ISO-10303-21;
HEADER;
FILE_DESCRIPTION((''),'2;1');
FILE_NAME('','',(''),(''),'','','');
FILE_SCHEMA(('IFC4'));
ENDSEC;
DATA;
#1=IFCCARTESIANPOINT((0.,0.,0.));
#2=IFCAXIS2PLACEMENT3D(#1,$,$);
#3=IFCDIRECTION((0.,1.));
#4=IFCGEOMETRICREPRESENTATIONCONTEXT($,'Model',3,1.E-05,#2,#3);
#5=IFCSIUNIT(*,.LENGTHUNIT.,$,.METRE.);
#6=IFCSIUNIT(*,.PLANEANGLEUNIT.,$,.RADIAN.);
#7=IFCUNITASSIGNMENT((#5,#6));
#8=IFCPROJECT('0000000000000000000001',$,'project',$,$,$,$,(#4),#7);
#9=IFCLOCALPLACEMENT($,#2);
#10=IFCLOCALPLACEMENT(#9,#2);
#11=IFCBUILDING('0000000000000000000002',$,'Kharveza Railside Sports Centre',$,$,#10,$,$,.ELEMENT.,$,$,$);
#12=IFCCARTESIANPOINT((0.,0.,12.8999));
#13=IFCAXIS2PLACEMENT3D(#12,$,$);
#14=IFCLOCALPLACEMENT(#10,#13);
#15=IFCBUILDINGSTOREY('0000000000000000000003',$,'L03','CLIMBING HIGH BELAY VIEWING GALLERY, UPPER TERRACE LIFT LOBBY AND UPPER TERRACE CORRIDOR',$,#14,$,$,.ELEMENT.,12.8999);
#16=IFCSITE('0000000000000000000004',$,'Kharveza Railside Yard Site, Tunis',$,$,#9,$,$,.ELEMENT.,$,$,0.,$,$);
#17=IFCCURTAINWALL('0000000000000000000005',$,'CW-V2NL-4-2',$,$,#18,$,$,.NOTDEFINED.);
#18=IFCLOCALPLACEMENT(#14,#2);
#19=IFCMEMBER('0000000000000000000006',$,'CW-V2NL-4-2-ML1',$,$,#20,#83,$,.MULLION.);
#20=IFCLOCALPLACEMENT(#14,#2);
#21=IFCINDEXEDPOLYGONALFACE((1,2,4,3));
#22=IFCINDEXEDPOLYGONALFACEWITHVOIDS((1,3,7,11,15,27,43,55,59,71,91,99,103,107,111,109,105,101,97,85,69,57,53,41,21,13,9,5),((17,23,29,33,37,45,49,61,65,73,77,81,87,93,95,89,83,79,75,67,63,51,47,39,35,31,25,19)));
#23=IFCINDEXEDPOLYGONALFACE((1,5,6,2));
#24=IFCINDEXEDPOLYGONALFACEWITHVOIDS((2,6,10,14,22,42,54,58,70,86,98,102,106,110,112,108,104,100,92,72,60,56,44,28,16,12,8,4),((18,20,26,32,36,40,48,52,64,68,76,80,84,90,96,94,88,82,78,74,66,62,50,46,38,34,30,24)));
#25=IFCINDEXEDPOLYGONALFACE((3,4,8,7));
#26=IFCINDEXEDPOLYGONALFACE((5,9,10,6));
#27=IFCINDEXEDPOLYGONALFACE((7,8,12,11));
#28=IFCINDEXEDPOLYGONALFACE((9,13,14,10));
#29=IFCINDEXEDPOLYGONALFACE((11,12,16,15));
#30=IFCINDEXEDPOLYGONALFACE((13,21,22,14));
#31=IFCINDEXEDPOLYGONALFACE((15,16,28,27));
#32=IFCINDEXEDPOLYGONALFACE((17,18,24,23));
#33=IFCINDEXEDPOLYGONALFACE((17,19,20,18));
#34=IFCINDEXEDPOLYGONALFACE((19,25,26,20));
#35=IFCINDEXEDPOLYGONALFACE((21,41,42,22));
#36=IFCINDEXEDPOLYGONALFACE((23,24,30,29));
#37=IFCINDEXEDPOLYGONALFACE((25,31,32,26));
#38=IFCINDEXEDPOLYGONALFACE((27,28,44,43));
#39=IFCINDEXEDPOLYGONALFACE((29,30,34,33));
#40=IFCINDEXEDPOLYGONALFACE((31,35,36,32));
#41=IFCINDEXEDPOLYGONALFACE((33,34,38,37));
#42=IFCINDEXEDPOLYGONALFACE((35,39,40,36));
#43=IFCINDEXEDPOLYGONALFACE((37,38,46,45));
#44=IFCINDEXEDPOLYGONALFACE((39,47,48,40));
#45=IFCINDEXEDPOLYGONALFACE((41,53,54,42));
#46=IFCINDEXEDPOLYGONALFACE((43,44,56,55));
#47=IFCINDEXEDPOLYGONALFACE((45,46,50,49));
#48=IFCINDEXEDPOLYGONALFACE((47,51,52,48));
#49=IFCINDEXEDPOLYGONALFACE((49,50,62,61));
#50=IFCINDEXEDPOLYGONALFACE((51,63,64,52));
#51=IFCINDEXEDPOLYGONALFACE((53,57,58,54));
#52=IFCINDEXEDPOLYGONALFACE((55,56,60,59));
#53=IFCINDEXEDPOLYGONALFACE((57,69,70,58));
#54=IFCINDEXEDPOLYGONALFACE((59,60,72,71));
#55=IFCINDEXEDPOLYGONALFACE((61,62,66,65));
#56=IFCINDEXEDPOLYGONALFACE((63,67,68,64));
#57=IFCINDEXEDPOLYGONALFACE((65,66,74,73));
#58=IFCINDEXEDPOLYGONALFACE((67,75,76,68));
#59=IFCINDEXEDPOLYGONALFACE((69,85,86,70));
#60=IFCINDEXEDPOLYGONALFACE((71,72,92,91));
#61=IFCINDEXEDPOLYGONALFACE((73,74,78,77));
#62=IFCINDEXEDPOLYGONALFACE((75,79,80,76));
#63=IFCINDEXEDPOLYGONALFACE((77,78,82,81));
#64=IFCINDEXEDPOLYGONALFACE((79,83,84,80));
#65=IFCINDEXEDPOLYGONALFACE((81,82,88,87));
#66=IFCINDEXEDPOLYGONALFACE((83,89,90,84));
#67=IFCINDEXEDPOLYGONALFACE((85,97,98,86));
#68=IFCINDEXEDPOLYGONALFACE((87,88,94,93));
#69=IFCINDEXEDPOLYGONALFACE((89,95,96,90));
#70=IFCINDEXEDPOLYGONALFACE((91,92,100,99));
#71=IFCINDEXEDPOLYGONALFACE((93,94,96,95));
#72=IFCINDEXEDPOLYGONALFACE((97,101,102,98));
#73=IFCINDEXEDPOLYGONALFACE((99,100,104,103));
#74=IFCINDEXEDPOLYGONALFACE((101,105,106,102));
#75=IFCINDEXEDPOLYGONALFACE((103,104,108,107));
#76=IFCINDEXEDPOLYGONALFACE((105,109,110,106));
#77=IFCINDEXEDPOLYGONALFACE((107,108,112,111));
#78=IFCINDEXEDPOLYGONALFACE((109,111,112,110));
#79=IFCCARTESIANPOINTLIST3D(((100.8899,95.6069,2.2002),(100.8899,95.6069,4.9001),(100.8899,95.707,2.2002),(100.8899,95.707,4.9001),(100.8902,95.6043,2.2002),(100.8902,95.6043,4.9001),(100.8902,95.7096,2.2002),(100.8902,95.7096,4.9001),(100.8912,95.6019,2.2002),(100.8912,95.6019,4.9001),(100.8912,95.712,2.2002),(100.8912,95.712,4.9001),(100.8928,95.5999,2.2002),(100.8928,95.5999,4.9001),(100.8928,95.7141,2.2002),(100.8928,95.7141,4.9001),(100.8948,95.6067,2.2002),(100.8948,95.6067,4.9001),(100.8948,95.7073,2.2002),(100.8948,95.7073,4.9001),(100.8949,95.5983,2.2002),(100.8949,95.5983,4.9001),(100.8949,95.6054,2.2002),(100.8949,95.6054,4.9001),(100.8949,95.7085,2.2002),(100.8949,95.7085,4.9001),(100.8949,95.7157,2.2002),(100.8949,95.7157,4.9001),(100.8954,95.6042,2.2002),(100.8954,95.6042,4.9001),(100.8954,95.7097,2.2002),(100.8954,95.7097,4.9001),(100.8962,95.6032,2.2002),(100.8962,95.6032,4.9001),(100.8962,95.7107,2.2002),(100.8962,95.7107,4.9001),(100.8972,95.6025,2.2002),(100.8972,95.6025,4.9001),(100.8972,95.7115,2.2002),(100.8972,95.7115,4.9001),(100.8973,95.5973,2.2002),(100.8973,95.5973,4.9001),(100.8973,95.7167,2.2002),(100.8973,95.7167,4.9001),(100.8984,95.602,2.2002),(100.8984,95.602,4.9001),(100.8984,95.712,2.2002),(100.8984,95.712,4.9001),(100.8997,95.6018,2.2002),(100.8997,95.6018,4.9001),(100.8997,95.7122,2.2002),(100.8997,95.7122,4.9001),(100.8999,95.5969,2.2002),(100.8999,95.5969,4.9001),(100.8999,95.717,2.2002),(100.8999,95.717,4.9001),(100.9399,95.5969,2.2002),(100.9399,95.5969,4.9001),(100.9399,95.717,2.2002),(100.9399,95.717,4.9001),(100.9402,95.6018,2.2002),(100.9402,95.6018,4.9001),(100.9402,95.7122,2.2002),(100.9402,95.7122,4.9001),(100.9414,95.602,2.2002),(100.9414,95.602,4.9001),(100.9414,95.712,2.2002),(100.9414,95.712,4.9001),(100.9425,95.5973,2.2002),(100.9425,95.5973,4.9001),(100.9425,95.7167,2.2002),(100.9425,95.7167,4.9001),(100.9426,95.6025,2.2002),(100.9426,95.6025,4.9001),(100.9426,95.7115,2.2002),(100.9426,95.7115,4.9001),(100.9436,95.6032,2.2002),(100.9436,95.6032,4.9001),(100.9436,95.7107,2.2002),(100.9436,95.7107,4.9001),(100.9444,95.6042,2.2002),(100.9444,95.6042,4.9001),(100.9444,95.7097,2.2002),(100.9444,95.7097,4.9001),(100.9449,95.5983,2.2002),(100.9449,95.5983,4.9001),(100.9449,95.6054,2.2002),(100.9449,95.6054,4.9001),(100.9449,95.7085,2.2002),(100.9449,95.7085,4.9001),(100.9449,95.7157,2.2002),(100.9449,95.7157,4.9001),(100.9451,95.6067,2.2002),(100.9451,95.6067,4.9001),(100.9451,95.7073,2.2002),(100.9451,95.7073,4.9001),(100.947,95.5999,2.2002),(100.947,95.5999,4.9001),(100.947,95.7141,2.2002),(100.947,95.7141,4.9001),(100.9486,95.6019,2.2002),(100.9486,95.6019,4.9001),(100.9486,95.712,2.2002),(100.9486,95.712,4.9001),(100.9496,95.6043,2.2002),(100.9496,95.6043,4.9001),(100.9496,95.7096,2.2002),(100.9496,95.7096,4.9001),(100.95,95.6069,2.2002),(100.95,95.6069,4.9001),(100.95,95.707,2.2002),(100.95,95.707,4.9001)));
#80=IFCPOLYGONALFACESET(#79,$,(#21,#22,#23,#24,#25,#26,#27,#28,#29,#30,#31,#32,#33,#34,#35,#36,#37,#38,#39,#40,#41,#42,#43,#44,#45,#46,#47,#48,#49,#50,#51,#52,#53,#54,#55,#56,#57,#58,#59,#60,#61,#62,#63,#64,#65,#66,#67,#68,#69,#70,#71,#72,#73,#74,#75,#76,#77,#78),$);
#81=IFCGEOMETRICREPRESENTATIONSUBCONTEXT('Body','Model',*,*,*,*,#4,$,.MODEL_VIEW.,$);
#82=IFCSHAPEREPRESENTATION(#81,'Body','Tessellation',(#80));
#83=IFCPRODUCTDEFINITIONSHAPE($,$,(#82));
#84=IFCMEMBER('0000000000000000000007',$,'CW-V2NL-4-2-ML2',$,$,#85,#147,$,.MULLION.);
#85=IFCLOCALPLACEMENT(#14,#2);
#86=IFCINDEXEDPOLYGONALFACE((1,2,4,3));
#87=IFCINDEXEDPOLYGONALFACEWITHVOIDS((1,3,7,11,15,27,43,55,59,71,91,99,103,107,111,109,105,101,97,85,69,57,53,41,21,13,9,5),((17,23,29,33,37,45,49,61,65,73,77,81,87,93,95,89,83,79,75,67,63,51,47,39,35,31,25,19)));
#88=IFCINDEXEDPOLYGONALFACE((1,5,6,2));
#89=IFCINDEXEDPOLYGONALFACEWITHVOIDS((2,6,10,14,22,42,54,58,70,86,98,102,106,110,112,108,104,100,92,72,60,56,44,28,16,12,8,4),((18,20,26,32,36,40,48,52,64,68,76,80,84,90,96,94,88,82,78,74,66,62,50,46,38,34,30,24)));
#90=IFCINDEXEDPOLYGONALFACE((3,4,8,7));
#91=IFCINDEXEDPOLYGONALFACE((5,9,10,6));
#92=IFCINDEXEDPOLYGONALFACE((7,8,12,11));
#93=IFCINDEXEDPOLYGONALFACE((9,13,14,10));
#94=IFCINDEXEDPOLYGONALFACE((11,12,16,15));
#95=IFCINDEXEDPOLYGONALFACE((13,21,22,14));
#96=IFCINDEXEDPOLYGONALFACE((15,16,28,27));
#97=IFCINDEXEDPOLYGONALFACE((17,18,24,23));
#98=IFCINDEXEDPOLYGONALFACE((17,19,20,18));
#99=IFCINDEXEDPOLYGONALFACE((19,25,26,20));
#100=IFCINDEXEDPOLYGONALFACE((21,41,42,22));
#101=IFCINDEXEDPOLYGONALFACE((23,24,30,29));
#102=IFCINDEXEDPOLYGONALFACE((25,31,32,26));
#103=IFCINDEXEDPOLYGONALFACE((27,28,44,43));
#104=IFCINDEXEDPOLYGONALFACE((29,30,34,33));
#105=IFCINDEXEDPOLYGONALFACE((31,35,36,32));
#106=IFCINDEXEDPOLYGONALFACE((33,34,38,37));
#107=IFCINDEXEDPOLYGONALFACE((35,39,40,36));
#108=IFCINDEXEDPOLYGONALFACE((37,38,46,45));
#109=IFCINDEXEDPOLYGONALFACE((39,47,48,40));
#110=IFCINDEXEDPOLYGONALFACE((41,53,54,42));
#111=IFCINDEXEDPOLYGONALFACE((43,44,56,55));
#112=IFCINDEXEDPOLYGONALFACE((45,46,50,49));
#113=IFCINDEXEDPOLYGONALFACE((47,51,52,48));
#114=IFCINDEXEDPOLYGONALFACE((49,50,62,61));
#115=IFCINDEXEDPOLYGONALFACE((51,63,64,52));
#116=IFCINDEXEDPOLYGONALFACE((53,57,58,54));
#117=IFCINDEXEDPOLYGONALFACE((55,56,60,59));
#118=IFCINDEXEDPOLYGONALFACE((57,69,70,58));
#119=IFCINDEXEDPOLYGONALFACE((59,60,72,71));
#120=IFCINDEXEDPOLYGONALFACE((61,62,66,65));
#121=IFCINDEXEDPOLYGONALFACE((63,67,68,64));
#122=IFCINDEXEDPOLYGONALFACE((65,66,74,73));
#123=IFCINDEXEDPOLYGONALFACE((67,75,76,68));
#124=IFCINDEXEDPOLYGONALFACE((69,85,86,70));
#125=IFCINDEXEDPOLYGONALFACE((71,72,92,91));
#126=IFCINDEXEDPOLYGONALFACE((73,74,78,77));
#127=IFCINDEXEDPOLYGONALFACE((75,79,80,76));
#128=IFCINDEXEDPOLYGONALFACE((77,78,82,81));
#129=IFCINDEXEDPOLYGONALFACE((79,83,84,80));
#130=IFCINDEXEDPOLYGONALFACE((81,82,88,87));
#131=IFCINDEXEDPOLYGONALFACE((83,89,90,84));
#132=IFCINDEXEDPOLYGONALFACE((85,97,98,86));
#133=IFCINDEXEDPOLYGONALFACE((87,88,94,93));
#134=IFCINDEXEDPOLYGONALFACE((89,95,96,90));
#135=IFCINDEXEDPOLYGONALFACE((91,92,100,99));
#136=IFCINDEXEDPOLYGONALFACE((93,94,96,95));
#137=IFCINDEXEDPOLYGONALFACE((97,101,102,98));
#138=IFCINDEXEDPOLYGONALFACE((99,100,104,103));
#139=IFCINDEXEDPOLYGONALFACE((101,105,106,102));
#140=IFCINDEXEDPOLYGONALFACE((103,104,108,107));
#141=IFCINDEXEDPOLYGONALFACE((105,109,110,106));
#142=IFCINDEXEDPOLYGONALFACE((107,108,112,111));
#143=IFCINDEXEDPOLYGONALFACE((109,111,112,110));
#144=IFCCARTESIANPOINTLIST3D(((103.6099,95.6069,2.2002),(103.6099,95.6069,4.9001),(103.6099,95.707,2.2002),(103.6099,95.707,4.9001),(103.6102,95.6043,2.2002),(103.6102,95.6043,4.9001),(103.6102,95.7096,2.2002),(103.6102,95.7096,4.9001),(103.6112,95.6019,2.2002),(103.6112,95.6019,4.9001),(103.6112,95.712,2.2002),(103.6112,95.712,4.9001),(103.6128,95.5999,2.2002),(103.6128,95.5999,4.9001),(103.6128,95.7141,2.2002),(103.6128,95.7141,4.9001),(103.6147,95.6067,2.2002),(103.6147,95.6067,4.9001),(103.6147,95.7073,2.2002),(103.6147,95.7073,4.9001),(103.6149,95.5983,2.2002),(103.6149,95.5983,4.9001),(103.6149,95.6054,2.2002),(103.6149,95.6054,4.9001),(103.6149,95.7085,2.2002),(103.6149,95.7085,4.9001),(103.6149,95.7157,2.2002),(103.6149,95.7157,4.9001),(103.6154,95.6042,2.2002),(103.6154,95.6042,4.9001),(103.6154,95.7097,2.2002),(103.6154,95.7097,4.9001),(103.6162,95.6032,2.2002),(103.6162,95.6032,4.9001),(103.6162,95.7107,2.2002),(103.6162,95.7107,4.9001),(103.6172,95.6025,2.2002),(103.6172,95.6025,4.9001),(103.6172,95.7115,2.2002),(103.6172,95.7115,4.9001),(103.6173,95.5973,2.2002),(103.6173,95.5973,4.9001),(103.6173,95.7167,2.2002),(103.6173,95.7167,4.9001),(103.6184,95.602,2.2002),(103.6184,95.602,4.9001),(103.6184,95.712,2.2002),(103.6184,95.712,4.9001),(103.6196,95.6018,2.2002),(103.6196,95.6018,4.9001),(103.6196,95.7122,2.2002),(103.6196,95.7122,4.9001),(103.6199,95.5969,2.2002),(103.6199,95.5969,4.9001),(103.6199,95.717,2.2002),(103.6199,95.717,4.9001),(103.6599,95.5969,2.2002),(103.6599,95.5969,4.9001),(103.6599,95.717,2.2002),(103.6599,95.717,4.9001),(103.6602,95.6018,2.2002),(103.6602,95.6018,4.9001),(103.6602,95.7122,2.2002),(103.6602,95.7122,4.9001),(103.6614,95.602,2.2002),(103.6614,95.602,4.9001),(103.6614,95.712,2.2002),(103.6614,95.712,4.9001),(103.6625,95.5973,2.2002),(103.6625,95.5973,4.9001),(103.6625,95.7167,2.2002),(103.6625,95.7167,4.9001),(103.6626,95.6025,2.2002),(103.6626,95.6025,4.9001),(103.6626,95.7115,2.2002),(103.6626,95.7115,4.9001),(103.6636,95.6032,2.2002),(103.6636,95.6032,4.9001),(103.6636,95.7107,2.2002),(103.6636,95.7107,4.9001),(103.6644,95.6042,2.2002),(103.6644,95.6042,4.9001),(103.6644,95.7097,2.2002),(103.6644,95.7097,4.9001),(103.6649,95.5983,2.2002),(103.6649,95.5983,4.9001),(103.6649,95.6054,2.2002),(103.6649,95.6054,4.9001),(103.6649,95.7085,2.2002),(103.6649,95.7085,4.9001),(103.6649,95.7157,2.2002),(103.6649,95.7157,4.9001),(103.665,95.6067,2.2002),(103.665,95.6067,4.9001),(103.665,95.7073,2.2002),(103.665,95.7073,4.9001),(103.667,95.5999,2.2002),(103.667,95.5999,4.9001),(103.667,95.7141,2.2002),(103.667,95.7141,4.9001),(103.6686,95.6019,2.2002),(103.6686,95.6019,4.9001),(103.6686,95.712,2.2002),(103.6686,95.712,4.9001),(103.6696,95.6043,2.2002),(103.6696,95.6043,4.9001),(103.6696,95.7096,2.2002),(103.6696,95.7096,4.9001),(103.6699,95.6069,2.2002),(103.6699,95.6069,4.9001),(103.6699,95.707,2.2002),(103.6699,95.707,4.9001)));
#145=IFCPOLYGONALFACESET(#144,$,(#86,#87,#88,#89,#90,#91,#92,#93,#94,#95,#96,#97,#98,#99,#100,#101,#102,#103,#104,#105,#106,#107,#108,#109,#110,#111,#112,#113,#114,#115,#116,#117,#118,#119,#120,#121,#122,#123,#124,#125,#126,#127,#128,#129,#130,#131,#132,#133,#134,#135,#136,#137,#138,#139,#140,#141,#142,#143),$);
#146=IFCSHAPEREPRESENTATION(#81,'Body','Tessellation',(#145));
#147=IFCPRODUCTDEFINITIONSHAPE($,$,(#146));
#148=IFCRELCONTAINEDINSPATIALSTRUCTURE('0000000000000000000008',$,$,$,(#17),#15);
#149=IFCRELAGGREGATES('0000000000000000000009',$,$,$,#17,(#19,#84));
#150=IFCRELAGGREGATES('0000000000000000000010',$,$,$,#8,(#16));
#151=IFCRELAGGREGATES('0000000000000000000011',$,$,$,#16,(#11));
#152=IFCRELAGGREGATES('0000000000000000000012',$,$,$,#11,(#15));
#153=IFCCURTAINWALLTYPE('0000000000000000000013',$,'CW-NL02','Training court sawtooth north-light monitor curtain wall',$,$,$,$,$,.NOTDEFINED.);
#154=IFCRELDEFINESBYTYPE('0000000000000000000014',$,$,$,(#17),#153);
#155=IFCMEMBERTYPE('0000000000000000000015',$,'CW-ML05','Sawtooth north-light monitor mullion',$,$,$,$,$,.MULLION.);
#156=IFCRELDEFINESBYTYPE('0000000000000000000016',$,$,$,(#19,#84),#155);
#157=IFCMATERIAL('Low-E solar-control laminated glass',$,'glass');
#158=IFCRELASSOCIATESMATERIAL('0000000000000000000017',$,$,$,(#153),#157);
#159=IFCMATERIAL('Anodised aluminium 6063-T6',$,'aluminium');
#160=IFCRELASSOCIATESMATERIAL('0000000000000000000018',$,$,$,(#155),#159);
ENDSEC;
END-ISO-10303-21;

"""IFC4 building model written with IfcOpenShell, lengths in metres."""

from ifc_helpers import new_model, si_unit, direction, frame, origin, origin_2d, place, context, subcontext, project, spatial, hollow_rectangle, extrude, material, material_profile, profile_set, type_object, element, aggregate, save


model = new_model("IFC4")

# Units and contexts
model_context = context("Model", 3, precision=1e-05, world=origin(), true_north=direction((0.0, 1.0)))
body_context = subcontext(model_context, "Body", "Model", "MODEL_VIEW")
ifc_project = project(units=[si_unit("LENGTHUNIT", "METRE"), si_unit("PLANEANGLEUNIT", "RADIAN")], contexts=[model_context])

# Site, building, storey
site_placement = place(None, origin())
site = spatial("IfcSite", under=ifc_project, at=site_placement, Name="Kharveza Railside Yard Site, Tunis", CompositionType="ELEMENT", RefElevation=0.0)
building_placement = place(site_placement, origin())
building = spatial("IfcBuilding", under=site, at=building_placement, Name="Kharveza Railside Sports Centre", CompositionType="ELEMENT")
storey_placement = place(building_placement, frame((0.0, 0.0, 12.8999)))
storey = spatial("IfcBuildingStorey", under=building, at=storey_placement, Name="L03", Description="CLIMBING HIGH BELAY VIEWING GALLERY, UPPER TERRACE LIFT LOBBY AND UPPER TERRACE CORRIDOR", CompositionType="ELEMENT", Elevation=12.8999)

# Curtain wall, members
ifc_material_1 = material(Name="Low-E solar-control laminated glass", Category="glass")
curtain_wall_type = type_object("IfcCurtainWallType", Name="CW-NL02", Description="Training court sawtooth north-light monitor curtain wall", PredefinedType="NOTDEFINED", material=ifc_material_1)
ifc_material_2 = material(Name="Anodised aluminium 6063-T6", Category="aluminium")
ifc_material_profile_1 = material_profile(ifc_material_2, hollow_rectangle(XDim=0.0601, YDim=0.1201, WallThickness=0.0049, InnerFilletRadius=0.0049, OuterFilletRadius=0.01, at=origin_2d()), Name="RHS 60x120x5.0")
ifc_profile_set_1 = profile_set([ifc_material_profile_1], Name="Anodised aluminium 6063-T6")
member_type_1 = type_object("IfcMemberType", Name="CW-ML05", Description="Sawtooth north-light monitor mullion", PredefinedType="MULLION", material=ifc_profile_set_1)
curtain_wall_1_placement = place(storey_placement, origin())
curtain_wall_1 = element("IfcCurtainWall", 1, at=curtain_wall_1_placement, inside=storey, type_object=curtain_wall_type, Name="CW-V2NL-4-2", PredefinedType="NOTDEFINED")
member_1_placement = place(storey_placement, frame((100.9199, 95.657, 2.2002), z_axis=(0.0, 0.0, 1.0), x_axis=(1.0, 0.0, 0.0)))
member_1 = element("IfcMember", 2, at=member_1_placement, type_object=member_type_1, Name="CW-V2NL-4-2-ML1", PredefinedType="MULLION", context=body_context, shape_type="SweptSolid", body=[
    extrude(hollow_rectangle(XDim=0.0601, YDim=0.1201, WallThickness=0.0049, InnerFilletRadius=0.0049, OuterFilletRadius=0.01, at=origin_2d()), origin(), (0.0, 0.0, 1.0), 2.7),
])
member_2_placement = place(storey_placement, frame((103.6399, 95.657, 2.2002), z_axis=(0.0, 0.0, 1.0), x_axis=(1.0, 0.0, 0.0)))
member_2 = element("IfcMember", 3, at=member_2_placement, type_object=member_type_1, Name="CW-V2NL-4-2-ML2", PredefinedType="MULLION", context=body_context, shape_type="SweptSolid", body=[
    extrude(hollow_rectangle(XDim=0.0601, YDim=0.1201, WallThickness=0.0049, InnerFilletRadius=0.0049, OuterFilletRadius=0.01, at=origin_2d()), origin(), (0.0, 0.0, 1.0), 2.7),
])

aggregate(curtain_wall_1, [member_1, member_2])

save(model, "model.ifc")
